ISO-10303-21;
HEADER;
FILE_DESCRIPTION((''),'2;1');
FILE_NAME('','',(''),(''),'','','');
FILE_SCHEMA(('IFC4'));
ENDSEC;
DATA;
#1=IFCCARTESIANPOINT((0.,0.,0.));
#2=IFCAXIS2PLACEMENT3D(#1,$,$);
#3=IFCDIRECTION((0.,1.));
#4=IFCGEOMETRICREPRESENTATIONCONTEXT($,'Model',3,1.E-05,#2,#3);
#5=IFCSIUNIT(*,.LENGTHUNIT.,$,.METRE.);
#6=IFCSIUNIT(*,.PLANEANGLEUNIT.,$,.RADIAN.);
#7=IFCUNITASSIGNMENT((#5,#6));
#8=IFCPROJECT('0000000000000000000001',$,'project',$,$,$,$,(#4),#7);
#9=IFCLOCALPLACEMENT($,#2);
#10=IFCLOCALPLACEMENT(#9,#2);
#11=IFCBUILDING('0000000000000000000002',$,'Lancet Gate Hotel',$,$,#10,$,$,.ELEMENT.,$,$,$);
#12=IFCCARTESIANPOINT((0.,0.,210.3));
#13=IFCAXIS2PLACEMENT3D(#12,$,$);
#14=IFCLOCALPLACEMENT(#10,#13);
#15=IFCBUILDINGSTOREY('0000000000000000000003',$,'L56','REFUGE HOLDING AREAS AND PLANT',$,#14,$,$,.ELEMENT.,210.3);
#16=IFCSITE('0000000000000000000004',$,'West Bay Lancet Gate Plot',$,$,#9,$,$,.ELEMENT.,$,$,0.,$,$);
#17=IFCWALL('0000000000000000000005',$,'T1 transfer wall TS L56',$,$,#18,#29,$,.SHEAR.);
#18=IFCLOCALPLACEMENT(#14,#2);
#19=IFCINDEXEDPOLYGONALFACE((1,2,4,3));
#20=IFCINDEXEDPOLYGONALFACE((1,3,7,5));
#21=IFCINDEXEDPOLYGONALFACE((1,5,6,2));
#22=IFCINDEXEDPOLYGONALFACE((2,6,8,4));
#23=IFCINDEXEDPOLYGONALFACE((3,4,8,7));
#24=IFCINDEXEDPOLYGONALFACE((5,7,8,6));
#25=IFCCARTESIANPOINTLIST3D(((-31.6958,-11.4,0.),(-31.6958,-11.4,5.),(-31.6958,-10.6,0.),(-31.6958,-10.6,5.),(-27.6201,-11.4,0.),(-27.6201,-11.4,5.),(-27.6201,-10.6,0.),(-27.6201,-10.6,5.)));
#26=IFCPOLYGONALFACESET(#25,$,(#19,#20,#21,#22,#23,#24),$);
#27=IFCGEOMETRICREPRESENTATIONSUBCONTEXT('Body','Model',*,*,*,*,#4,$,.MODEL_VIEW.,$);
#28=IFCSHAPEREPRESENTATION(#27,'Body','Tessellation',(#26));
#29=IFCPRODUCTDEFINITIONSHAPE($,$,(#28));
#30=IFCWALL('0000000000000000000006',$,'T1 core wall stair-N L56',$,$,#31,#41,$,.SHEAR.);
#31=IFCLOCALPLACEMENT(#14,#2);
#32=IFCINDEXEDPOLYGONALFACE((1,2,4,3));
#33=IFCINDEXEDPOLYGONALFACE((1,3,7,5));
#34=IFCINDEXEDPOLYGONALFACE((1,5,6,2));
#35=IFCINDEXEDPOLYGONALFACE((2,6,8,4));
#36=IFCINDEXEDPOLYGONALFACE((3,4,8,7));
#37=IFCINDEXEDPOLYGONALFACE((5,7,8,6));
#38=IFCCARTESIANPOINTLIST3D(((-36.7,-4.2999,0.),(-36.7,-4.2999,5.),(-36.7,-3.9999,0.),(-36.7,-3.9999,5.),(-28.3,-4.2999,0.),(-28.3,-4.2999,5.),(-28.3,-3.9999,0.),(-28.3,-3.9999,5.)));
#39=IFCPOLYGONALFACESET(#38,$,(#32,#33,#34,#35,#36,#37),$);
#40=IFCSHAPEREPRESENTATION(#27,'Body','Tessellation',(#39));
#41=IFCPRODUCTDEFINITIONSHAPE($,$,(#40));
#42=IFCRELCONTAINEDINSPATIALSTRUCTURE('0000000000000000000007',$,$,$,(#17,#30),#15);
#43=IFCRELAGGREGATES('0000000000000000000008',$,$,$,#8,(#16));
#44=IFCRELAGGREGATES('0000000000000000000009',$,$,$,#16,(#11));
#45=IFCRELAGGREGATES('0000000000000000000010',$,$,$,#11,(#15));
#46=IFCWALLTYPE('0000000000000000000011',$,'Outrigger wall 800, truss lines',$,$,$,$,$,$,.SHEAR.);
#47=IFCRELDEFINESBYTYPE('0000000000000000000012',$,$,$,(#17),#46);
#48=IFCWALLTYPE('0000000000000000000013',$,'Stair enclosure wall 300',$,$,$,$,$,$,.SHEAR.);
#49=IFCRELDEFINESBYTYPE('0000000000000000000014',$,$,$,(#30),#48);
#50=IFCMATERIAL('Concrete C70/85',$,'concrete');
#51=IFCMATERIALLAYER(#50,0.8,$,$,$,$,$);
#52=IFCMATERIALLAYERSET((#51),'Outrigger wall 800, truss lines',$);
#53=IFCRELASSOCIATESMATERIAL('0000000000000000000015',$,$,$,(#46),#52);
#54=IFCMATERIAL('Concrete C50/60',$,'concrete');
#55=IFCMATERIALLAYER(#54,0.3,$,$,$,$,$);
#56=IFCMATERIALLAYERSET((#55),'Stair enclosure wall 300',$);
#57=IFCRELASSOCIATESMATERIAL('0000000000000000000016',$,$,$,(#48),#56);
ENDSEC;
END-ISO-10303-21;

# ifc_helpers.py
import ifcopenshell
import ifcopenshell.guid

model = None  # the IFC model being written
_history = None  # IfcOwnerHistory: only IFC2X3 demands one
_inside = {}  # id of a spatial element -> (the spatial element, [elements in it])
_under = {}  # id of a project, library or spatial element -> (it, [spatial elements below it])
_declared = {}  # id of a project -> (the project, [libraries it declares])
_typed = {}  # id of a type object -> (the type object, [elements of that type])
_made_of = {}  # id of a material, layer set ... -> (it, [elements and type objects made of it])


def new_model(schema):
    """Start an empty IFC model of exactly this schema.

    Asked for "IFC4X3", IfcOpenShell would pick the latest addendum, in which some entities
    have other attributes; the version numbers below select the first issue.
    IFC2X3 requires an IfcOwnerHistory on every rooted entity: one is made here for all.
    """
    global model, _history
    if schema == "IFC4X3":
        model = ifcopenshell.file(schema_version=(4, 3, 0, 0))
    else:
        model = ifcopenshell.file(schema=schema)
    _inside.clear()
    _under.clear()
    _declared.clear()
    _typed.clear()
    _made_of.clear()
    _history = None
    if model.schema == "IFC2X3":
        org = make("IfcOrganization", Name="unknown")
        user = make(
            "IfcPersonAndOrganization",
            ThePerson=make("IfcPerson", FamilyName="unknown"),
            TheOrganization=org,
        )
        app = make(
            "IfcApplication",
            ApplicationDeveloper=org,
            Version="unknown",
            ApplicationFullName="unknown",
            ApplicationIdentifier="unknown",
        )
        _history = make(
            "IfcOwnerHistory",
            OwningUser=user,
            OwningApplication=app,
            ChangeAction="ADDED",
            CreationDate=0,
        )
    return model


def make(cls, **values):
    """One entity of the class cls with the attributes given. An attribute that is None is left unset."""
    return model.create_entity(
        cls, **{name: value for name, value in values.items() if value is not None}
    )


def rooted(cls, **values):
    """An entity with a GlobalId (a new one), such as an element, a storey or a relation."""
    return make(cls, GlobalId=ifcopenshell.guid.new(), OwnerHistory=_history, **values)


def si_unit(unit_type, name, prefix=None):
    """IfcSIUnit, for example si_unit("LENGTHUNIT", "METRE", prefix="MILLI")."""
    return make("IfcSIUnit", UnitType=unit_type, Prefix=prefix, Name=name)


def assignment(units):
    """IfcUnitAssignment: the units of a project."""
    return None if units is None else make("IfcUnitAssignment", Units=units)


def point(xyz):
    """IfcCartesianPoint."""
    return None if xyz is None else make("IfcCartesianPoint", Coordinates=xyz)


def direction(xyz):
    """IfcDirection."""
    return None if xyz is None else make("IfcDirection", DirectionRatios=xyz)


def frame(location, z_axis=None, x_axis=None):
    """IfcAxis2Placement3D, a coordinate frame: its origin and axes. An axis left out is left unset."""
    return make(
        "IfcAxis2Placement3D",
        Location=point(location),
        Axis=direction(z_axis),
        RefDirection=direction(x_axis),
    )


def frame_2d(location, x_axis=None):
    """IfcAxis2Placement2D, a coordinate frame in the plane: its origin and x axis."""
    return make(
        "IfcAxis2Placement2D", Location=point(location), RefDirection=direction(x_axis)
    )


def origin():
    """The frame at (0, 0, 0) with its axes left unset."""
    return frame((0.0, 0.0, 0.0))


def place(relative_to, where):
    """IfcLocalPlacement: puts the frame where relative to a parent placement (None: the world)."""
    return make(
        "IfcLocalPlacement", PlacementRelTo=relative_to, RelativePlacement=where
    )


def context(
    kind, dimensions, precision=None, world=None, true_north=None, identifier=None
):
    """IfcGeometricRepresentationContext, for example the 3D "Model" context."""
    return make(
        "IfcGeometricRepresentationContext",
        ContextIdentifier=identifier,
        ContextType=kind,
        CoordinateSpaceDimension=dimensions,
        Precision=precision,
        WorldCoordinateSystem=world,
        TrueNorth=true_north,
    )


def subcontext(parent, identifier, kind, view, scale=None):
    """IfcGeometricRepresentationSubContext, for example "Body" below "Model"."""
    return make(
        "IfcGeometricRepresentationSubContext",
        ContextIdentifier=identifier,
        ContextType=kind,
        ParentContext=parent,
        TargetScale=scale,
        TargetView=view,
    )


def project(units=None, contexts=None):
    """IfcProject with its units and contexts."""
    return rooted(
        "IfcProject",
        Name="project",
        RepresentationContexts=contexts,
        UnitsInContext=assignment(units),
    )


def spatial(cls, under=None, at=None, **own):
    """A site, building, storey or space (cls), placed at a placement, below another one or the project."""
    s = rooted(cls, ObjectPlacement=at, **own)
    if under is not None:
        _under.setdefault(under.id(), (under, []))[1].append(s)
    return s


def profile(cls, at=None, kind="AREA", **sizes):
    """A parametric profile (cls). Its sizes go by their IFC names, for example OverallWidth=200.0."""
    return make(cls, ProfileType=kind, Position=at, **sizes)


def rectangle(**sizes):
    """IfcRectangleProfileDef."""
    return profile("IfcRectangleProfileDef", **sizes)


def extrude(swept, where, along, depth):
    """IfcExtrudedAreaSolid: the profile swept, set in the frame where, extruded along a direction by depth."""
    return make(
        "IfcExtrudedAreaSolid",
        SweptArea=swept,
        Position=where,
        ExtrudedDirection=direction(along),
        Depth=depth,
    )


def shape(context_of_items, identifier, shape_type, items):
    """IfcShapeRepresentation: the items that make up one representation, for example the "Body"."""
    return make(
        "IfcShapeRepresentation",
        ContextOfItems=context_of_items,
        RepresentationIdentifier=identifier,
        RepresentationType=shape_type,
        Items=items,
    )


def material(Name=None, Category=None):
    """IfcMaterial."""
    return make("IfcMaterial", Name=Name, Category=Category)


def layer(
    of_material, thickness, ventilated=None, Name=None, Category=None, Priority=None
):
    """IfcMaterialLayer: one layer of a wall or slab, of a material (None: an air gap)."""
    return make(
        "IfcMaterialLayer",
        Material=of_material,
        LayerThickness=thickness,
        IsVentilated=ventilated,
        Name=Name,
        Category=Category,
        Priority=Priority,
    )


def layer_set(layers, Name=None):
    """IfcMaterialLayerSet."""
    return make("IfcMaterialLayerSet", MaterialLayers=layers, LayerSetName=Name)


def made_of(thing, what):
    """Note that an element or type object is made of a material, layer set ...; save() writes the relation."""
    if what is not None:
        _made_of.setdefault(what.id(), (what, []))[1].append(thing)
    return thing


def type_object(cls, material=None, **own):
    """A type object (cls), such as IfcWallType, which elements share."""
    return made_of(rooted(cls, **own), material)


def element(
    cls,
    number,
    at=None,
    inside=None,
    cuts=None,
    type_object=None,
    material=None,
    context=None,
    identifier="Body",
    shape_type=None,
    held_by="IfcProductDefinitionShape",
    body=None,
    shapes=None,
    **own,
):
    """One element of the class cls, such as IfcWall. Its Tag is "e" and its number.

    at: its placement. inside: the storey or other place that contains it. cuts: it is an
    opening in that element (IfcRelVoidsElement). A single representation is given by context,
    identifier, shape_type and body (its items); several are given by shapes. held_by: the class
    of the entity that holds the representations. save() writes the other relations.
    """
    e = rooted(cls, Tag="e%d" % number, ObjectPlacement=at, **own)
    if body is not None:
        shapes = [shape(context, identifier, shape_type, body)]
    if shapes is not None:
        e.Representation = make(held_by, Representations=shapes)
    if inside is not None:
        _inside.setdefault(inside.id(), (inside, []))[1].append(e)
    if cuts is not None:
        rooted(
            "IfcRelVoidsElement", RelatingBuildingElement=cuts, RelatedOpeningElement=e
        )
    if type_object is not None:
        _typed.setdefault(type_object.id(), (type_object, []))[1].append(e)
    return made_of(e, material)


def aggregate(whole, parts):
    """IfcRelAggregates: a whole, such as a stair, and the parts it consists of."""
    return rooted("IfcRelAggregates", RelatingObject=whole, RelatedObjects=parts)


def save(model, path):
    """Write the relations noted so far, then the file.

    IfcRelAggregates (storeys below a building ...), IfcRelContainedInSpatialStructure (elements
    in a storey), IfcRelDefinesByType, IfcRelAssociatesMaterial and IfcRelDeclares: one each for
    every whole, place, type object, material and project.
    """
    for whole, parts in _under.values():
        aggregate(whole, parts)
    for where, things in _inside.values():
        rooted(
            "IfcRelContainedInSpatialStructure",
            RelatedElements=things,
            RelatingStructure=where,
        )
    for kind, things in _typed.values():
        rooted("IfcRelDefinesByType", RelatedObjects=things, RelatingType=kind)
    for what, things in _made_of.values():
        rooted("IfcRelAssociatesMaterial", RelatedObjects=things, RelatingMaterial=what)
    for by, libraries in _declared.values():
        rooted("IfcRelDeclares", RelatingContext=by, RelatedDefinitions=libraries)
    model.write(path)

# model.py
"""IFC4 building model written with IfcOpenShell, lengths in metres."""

from ifc_helpers import new_model, si_unit, direction, frame, frame_2d, origin, place, context, subcontext, project, spatial, rectangle, extrude, material, layer, layer_set, type_object, element, save


model = new_model("IFC4")

# Units and contexts
model_context = context("Model", 3, precision=1e-05, world=origin(), true_north=direction((0.0, 1.0)))
body_context = subcontext(model_context, "Body", "Model", "MODEL_VIEW")
ifc_project = project(units=[si_unit("LENGTHUNIT", "METRE"), si_unit("PLANEANGLEUNIT", "RADIAN")], contexts=[model_context])

# Site, building, storey
site_placement = place(None, origin())
site = spatial("IfcSite", under=ifc_project, at=site_placement, Name="West Bay Lancet Gate Plot", CompositionType="ELEMENT", RefElevation=0.0)
building_placement = place(site_placement, origin())
building = spatial("IfcBuilding", under=site, at=building_placement, Name="Lancet Gate Hotel", CompositionType="ELEMENT")
storey_placement = place(building_placement, frame((0.0, 0.0, 210.3)))
storey = spatial("IfcBuildingStorey", under=building, at=storey_placement, Name="L56", Description="REFUGE HOLDING AREAS AND PLANT", CompositionType="ELEMENT", Elevation=210.3)

# Walls
ifc_material_1 = material(Name="Concrete C70/85", Category="concrete")
ifc_layer_1 = layer(ifc_material_1, 0.8)
ifc_layer_set_1 = layer_set([ifc_layer_1], Name="Outrigger wall 800, truss lines")
wall_type_1 = type_object("IfcWallType", Name="Outrigger wall 800, truss lines", PredefinedType="SHEAR", material=ifc_layer_set_1)
wall_1_placement = place(storey_placement, frame((-27.6201, -11.0, 0.0), z_axis=(0.0, 0.0, 1.0), x_axis=(-1.0, 0.0, 0.0)))
element("IfcWall", 1, at=wall_1_placement, inside=storey, type_object=wall_type_1, Name="T1 transfer wall TS L56", PredefinedType="SHEAR", context=body_context, shape_type="SweptSolid", body=[
    extrude(rectangle(XDim=4.0757, YDim=0.8, at=frame_2d((2.0378, 0.0))), origin(), (0.0, 0.0, 1.0), 5.0),
])
ifc_material_2 = material(Name="Concrete C50/60", Category="concrete")
ifc_layer_2 = layer(ifc_material_2, 0.3)
ifc_layer_set_2 = layer_set([ifc_layer_2], Name="Stair enclosure wall 300")
wall_type_2 = type_object("IfcWallType", Name="Stair enclosure wall 300", PredefinedType="SHEAR", material=ifc_layer_set_2)
wall_2_placement = place(storey_placement, frame((-28.3, -4.1499, 0.0), z_axis=(0.0, 0.0, 1.0), x_axis=(-1.0, 0.0, 0.0)))
element("IfcWall", 2, at=wall_2_placement, inside=storey, type_object=wall_type_2, Name="T1 core wall stair-N L56", PredefinedType="SHEAR", context=body_context, shape_type="SweptSolid", body=[
    extrude(rectangle(XDim=8.3999, YDim=0.3, at=frame_2d((4.2, 0.0))), origin(), (0.0, 0.0, 1.0), 5.0),
])

save(model, "model.ifc")
